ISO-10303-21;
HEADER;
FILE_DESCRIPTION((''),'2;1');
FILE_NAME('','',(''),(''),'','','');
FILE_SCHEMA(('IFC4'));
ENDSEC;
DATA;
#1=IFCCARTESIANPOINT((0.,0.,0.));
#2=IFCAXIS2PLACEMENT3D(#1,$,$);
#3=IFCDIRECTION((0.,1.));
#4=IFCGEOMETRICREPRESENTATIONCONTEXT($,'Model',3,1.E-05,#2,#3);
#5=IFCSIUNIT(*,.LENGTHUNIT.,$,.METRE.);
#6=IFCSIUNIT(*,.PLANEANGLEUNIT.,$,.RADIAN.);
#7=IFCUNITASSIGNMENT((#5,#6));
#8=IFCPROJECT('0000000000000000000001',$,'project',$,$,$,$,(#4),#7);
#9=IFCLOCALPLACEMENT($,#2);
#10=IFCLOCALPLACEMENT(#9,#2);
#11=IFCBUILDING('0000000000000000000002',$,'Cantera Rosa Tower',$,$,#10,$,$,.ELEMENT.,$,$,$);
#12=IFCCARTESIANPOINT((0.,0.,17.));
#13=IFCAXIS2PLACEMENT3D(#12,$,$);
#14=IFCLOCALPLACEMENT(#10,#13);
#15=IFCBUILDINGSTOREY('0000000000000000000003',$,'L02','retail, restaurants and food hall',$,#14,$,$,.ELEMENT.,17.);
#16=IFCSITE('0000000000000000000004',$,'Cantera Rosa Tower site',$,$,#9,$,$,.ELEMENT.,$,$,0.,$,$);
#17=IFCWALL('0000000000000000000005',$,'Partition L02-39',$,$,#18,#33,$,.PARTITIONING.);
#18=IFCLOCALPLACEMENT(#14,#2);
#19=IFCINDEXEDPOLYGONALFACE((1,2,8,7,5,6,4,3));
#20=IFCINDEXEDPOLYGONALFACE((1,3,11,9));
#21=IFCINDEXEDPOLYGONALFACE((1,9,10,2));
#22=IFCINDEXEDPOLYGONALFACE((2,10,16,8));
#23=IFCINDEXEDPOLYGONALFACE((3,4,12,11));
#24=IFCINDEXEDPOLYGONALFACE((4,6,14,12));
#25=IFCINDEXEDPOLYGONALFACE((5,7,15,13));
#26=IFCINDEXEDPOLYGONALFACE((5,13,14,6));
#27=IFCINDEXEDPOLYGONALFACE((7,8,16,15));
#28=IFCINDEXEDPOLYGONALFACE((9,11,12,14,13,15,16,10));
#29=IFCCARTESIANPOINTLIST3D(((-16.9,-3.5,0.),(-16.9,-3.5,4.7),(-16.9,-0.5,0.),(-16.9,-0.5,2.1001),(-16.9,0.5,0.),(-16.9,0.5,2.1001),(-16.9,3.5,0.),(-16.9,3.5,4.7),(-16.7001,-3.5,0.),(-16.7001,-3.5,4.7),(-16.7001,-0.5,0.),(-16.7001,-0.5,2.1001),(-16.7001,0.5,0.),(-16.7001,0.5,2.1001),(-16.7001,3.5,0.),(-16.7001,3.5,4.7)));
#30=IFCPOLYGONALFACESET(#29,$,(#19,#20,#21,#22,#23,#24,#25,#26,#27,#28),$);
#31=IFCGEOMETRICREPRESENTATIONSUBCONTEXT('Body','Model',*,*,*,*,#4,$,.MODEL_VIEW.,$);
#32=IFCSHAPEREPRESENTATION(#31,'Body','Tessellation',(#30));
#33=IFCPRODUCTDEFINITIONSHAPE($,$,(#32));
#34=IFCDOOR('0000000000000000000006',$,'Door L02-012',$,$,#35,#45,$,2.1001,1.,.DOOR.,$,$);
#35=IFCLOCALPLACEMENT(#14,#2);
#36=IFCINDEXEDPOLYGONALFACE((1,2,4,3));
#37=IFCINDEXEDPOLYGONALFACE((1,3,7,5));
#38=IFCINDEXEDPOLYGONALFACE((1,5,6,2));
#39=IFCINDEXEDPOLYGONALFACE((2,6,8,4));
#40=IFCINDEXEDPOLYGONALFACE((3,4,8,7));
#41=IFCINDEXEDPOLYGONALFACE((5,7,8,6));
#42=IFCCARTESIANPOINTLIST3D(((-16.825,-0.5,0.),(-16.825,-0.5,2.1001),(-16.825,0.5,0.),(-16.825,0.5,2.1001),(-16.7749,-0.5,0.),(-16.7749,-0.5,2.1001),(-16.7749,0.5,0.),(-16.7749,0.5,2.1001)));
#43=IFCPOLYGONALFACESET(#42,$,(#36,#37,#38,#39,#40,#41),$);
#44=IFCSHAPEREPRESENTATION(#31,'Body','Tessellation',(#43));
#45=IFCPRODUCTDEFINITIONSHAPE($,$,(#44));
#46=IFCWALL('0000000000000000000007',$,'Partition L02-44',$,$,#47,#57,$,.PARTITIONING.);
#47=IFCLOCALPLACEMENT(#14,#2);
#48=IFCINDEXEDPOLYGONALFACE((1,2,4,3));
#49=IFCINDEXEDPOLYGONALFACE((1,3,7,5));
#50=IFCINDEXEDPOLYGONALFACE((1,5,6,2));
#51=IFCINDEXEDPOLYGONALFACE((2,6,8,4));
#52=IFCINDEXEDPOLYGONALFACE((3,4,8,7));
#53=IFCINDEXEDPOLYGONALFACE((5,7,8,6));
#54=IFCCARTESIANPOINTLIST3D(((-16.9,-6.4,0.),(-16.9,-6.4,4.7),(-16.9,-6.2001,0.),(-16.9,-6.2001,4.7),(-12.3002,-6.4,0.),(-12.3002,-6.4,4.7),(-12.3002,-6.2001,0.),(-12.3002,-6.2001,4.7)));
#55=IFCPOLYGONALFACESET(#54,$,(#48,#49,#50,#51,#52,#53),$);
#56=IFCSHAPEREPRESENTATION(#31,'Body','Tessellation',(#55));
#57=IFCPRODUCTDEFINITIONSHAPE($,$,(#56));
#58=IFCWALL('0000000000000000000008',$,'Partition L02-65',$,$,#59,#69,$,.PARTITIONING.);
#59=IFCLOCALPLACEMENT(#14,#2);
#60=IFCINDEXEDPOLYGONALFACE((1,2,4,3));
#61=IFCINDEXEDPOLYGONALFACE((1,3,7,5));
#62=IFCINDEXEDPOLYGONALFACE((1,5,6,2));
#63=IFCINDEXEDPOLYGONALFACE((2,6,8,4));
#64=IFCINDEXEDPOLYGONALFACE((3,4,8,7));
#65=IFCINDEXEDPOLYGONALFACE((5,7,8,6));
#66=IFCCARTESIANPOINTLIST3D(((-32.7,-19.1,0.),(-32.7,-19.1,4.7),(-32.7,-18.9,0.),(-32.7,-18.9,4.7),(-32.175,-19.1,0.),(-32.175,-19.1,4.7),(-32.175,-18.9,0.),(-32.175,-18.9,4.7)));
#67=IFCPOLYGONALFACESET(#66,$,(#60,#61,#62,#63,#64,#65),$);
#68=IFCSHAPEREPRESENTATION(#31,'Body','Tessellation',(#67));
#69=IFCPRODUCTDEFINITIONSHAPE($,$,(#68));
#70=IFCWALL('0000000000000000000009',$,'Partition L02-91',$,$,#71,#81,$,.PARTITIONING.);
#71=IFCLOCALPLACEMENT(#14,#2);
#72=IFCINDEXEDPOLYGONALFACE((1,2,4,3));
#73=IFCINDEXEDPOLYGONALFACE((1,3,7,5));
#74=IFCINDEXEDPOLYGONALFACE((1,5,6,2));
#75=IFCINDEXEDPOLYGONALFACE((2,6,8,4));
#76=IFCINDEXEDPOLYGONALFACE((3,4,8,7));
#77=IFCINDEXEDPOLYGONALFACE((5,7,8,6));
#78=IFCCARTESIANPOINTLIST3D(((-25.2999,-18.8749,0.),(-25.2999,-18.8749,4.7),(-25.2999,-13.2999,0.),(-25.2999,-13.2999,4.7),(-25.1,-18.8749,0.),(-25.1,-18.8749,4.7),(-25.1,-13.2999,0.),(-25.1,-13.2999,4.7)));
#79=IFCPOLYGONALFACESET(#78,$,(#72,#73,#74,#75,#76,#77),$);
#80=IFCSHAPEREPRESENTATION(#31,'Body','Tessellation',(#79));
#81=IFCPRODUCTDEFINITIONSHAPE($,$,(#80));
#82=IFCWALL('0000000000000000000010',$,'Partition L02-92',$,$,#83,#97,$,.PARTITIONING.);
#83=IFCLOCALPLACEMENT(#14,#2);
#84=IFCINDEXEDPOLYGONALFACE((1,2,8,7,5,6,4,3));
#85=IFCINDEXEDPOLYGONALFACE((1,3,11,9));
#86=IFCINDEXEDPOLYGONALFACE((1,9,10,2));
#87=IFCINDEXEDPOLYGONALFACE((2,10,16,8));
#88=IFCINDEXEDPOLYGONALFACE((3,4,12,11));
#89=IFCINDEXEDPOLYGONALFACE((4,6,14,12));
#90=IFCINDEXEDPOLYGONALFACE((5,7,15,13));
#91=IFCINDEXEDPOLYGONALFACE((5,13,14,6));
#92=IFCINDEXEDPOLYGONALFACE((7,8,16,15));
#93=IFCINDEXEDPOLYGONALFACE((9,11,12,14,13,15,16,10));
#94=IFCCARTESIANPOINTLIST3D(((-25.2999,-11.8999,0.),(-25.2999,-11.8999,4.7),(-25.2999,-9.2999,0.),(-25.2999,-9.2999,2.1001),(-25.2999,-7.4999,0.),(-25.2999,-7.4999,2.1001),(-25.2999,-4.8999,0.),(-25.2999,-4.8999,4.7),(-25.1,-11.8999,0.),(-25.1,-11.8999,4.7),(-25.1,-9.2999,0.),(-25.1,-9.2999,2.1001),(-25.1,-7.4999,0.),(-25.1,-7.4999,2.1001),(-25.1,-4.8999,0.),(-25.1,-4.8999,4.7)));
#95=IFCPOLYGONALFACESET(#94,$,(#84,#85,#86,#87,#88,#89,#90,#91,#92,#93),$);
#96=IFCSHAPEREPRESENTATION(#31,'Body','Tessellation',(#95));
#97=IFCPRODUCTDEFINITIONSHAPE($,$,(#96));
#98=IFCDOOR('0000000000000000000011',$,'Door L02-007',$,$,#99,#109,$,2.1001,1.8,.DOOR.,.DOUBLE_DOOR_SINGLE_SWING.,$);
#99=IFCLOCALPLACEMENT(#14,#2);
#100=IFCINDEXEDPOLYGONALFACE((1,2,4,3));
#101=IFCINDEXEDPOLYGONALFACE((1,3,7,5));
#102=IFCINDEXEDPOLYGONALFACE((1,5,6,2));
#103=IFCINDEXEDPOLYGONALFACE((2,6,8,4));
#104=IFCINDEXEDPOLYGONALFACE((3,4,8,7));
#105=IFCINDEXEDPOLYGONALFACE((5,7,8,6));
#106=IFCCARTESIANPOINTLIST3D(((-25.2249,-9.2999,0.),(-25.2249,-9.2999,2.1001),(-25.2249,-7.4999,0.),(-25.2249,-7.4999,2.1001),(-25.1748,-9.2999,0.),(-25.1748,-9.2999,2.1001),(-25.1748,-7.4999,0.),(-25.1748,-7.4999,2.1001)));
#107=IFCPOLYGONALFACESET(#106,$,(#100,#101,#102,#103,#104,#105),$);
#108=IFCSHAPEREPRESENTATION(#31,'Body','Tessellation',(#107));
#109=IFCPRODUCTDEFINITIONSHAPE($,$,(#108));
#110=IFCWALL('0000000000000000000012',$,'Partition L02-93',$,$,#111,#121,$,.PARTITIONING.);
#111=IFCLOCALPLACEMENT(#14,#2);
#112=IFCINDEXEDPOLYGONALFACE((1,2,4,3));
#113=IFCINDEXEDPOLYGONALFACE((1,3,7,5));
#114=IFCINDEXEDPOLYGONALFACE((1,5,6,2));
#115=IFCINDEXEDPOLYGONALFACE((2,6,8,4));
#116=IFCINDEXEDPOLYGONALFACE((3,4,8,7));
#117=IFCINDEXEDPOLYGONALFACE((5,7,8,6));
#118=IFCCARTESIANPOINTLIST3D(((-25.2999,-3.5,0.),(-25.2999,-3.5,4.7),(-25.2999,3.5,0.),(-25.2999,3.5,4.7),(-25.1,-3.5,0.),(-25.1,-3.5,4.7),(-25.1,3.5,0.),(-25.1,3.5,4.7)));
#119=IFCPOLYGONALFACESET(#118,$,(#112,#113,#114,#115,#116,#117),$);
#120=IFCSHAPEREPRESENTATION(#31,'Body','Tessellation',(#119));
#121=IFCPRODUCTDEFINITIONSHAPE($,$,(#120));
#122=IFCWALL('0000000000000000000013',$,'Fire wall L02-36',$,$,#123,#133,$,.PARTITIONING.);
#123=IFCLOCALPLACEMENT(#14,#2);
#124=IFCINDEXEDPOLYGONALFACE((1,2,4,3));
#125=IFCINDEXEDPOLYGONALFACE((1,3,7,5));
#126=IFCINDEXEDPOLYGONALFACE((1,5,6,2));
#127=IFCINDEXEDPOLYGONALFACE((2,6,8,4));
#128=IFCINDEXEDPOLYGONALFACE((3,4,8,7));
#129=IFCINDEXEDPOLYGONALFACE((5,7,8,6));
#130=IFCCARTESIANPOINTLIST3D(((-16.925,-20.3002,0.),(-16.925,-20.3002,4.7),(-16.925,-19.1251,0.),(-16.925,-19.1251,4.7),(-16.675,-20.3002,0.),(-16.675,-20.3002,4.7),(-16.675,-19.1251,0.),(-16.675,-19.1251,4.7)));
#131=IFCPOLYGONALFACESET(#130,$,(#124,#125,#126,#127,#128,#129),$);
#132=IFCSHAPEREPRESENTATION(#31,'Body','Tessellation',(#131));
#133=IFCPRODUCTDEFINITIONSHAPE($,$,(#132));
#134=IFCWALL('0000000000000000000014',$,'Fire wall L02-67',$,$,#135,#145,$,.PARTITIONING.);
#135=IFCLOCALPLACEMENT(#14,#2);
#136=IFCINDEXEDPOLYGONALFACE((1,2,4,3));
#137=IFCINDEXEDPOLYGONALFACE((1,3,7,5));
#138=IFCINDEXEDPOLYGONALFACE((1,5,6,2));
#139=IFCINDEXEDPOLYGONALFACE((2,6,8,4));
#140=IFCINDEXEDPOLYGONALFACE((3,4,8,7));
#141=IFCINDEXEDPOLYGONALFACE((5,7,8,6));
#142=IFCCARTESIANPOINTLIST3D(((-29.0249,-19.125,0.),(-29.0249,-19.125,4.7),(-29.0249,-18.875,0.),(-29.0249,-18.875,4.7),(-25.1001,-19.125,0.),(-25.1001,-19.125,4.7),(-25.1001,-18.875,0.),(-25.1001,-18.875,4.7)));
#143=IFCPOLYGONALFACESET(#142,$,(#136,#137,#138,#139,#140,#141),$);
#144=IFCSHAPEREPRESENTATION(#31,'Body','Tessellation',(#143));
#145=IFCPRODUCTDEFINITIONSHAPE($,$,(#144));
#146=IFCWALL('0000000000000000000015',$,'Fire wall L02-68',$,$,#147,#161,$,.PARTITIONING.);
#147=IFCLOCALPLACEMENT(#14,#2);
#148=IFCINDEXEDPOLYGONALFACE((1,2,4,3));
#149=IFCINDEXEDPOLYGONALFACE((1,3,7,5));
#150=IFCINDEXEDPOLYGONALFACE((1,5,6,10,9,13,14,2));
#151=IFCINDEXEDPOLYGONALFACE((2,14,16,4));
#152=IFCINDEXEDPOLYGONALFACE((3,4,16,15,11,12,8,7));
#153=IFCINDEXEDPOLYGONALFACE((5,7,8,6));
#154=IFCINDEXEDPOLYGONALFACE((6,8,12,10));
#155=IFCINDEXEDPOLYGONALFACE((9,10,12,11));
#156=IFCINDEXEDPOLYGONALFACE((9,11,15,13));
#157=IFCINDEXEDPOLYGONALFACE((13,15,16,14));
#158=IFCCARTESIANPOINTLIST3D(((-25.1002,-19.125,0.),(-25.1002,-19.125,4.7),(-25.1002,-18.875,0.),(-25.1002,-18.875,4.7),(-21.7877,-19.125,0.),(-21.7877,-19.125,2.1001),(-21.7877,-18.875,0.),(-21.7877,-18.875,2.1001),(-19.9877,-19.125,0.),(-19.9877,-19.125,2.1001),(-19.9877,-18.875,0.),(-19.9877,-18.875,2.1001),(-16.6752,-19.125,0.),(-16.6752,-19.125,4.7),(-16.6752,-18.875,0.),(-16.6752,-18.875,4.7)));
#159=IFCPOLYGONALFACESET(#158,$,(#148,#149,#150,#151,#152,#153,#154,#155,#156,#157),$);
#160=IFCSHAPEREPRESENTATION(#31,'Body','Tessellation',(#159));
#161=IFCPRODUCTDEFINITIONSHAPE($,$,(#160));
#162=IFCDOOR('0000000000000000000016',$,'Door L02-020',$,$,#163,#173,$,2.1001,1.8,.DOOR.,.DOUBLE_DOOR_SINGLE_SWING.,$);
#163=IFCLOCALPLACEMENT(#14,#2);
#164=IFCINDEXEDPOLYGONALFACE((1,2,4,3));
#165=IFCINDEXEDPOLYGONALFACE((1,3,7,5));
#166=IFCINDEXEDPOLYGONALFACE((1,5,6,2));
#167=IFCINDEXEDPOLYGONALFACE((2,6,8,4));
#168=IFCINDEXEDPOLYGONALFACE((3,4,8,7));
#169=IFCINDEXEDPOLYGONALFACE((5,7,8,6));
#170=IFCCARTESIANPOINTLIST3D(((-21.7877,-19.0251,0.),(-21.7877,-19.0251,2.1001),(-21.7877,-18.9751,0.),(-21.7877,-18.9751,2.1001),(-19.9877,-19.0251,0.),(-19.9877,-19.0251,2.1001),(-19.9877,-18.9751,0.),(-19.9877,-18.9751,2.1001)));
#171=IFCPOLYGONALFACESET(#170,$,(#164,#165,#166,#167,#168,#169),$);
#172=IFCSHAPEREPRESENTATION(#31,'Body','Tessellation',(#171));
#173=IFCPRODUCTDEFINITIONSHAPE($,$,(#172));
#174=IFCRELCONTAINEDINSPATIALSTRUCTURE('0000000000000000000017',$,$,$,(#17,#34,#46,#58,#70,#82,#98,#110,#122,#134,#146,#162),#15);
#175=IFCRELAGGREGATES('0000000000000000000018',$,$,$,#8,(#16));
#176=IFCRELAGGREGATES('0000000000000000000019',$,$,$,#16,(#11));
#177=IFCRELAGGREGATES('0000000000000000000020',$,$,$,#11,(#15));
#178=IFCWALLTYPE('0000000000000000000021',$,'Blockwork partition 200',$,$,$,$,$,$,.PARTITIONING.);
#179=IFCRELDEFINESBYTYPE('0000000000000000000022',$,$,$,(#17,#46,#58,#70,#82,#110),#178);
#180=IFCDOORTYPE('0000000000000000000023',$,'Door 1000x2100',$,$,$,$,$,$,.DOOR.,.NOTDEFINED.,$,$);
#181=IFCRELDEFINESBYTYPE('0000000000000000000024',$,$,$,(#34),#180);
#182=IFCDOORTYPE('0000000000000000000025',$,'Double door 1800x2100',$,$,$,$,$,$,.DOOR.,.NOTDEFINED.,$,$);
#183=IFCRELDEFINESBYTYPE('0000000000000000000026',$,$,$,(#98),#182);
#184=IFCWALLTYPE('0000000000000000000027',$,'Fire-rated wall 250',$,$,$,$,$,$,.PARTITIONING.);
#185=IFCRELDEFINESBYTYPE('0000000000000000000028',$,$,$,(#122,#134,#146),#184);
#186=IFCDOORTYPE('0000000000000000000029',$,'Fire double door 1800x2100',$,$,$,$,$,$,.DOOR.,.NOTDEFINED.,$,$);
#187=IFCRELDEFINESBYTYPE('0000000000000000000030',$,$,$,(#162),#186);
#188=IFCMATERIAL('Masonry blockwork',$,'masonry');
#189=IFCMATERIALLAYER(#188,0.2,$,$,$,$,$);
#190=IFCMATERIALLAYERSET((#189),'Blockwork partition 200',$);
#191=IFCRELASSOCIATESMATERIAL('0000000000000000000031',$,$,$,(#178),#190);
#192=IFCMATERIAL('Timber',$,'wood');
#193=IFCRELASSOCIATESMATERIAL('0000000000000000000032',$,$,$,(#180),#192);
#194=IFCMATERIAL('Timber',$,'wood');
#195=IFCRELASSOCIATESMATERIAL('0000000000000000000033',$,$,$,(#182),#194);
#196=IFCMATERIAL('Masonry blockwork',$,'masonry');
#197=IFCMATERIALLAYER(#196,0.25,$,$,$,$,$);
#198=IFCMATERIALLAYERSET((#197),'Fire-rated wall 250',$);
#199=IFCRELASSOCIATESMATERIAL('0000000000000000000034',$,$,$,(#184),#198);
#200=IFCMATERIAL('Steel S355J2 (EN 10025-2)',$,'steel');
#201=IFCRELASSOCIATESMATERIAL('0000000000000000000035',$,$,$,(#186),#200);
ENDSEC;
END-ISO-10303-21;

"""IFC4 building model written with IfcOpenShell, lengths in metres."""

from ifc_helpers import new_model, si_unit, direction, frame, frame_2d, origin, place, context, subcontext, project, spatial, rectangle, extrude, material, layer, layer_set, type_object, element, fill, save


model = new_model("IFC4")

# Units and contexts
model_context = context("Model", 3, precision=1e-05, world=origin(), true_north=direction((0.0, 1.0)))
body_context = subcontext(model_context, "Body", "Model", "MODEL_VIEW")
ifc_project = project(units=[si_unit("LENGTHUNIT", "METRE"), si_unit("PLANEANGLEUNIT", "RADIAN")], contexts=[model_context])

# Site, building, storey
site_placement = place(None, origin())
site = spatial("IfcSite", under=ifc_project, at=site_placement, Name="Cantera Rosa Tower site", CompositionType="ELEMENT", RefElevation=0.0)
building_placement = place(site_placement, origin())
building = spatial("IfcBuilding", under=site, at=building_placement, Name="Cantera Rosa Tower", CompositionType="ELEMENT")
storey_placement = place(building_placement, frame((0.0, 0.0, 17.0)))
storey = spatial("IfcBuildingStorey", under=building, at=storey_placement, Name="L02", Description="retail, restaurants and food hall", CompositionType="ELEMENT", Elevation=17.0)

# Shared definitions
ifc_material_1 = material(Name="Masonry blockwork", Category="masonry")
ifc_layer_1 = layer(ifc_material_1, 0.2)
ifc_layer_set_1 = layer_set([ifc_layer_1], Name="Blockwork partition 200")
wall_type_1 = type_object("IfcWallType", Name="Blockwork partition 200", PredefinedType="PARTITIONING", material=ifc_layer_set_1)

# Shared definitions
ifc_material_2 = material(Name="Timber", Category="wood")
door_type_1 = type_object("IfcDoorType", Name="Door 1000x2100", OperationType="NOTDEFINED", PredefinedType="DOOR", material=ifc_material_2)

# Wall, opening, door
wall_1_placement = place(storey_placement, frame((-16.8, -3.5, 0.0), z_axis=(0.0, 0.0, 1.0), x_axis=(0.0, 1.0, 0.0)))
wall_1 = element("IfcWall", 1, at=wall_1_placement, inside=storey, type_object=wall_type_1, Name="Partition L02-39", PredefinedType="PARTITIONING", context=body_context, shape_type="SweptSolid", body=[
    extrude(rectangle(XDim=7.0, YDim=0.2, at=frame_2d((3.5, 0.0))), origin(), (0.0, 0.0, 1.0), 4.7),
])
opening_1_placement = place(wall_1_placement, frame((3.0, 0.0, 0.0)))
opening_1 = element("IfcOpeningElement", 2, at=opening_1_placement, cuts=wall_1, PredefinedType="OPENING", context=body_context, shape_type="SweptSolid", body=[
    extrude(rectangle(XDim=1.0, YDim=2.1001, at=frame_2d((0.5, 1.05))), frame((0.0, 0.1099, 0.0), z_axis=(0.0, -1.0, 0.0), x_axis=(1.0, 0.0, 0.0)), (0.0, 0.0, 1.0), 0.22),
])
door_1_placement = place(opening_1_placement, origin())
door_1 = element("IfcDoor", 3, at=door_1_placement, inside=storey, type_object=door_type_1, Name="Door L02-012", OverallHeight=2.1001, OverallWidth=1.0, PredefinedType="DOOR", context=body_context, shape_type="SweptSolid", body=[
    extrude(rectangle(XDim=1.0, YDim=2.1001, at=frame_2d((0.5, 1.05))), frame((0.0, 0.0249, 0.0), z_axis=(0.0, -1.0, 0.0), x_axis=(1.0, 0.0, 0.0)), (0.0, 0.0, 1.0), 0.05),
])
fill(opening_1, door_1)

# Walls
wall_2_placement = place(storey_placement, frame((-16.8999, -6.3, 0.0), z_axis=(0.0, 0.0, 1.0), x_axis=(1.0, 0.0, 0.0)))
element("IfcWall", 4, at=wall_2_placement, inside=storey, type_object=wall_type_1, Name="Partition L02-44", PredefinedType="PARTITIONING", context=body_context, shape_type="SweptSolid", body=[
    extrude(rectangle(XDim=4.5999, YDim=0.2, at=frame_2d((2.2998, 0.0))), origin(), (0.0, 0.0, 1.0), 4.7),
])
wall_3_placement = place(storey_placement, frame((-32.7, -19.0, 0.0), z_axis=(0.0, 0.0, 1.0), x_axis=(1.0, 0.0, 0.0)))
element("IfcWall", 5, at=wall_3_placement, inside=storey, type_object=wall_type_1, Name="Partition L02-65", PredefinedType="PARTITIONING", context=body_context, shape_type="SweptSolid", body=[
    extrude(rectangle(XDim=0.5249, YDim=0.2, at=frame_2d((0.2625, 0.0))), origin(), (0.0, 0.0, 1.0), 4.7),
])
wall_4_placement = place(storey_placement, frame((-25.2, -18.875, 0.0), z_axis=(0.0, 0.0, 1.0), x_axis=(0.0, 1.0, 0.0)))
element("IfcWall", 6, at=wall_4_placement, inside=storey, type_object=wall_type_1, Name="Partition L02-91", PredefinedType="PARTITIONING", context=body_context, shape_type="SweptSolid", body=[
    extrude(rectangle(XDim=5.575, YDim=0.2, at=frame_2d((2.7876, 0.0))), origin(), (0.0, 0.0, 1.0), 4.7),
])

# Wall, opening, door
wall_5_placement = place(storey_placement, frame((-25.2, -11.8999, 0.0), z_axis=(0.0, 0.0, 1.0), x_axis=(0.0, 1.0, 0.0)))
wall_5 = element("IfcWall", 7, at=wall_5_placement, inside=storey, type_object=wall_type_1, Name="Partition L02-92", PredefinedType="PARTITIONING", context=body_context, shape_type="SweptSolid", body=[
    extrude(rectangle(XDim=7.0, YDim=0.2, at=frame_2d((3.5, 0.0))), origin(), (0.0, 0.0, 1.0), 4.7),
])
opening_2_placement = place(wall_5_placement, frame((2.6001, 0.0, 0.0)))
opening_2 = element("IfcOpeningElement", 8, at=opening_2_placement, cuts=wall_5, PredefinedType="OPENING", context=body_context, shape_type="SweptSolid", body=[
    extrude(rectangle(XDim=1.8, YDim=2.1001, at=frame_2d((0.8999, 1.05))), frame((0.0, 0.1099, 0.0), z_axis=(0.0, -1.0, 0.0), x_axis=(1.0, 0.0, 0.0)), (0.0, 0.0, 1.0), 0.22),
])
ifc_material_3 = material(Name="Timber", Category="wood")
door_type_2 = type_object("IfcDoorType", Name="Double door 1800x2100", OperationType="NOTDEFINED", PredefinedType="DOOR", material=ifc_material_3)
door_2_placement = place(opening_2_placement, origin())
door_2 = element("IfcDoor", 9, at=door_2_placement, inside=storey, type_object=door_type_2, Name="Door L02-007", OperationType="DOUBLE_DOOR_SINGLE_SWING", OverallHeight=2.1001, OverallWidth=1.8, PredefinedType="DOOR", context=body_context, shape_type="SweptSolid", body=[
    extrude(rectangle(XDim=1.8, YDim=2.1001, at=frame_2d((0.8999, 1.05))), frame((0.0, 0.0249, 0.0), z_axis=(0.0, -1.0, 0.0), x_axis=(1.0, 0.0, 0.0)), (0.0, 0.0, 1.0), 0.05),
])
fill(opening_2, door_2)

# Walls
wall_6_placement = place(storey_placement, frame((-25.2, -3.5, 0.0), z_axis=(0.0, 0.0, 1.0), x_axis=(0.0, 1.0, 0.0)))
element("IfcWall", 10, at=wall_6_placement, inside=storey, type_object=wall_type_1, Name="Partition L02-93", PredefinedType="PARTITIONING", context=body_context, shape_type="SweptSolid", body=[
    extrude(rectangle(XDim=7.0, YDim=0.2, at=frame_2d((3.5, 0.0))), origin(), (0.0, 0.0, 1.0), 4.7),
])
ifc_material_4 = material(Name="Masonry blockwork", Category="masonry")
ifc_layer_2 = layer(ifc_material_4, 0.25)
ifc_layer_set_2 = layer_set([ifc_layer_2], Name="Fire-rated wall 250")
wall_type_2 = type_object("IfcWallType", Name="Fire-rated wall 250", PredefinedType="PARTITIONING", material=ifc_layer_set_2)
wall_7_placement = place(storey_placement, frame((-16.8, -20.3, 0.0), z_axis=(0.0, 0.0, 1.0), x_axis=(0.0, 1.0, 0.0)))
element("IfcWall", 11, at=wall_7_placement, inside=storey, type_object=wall_type_2, Name="Fire wall L02-36", PredefinedType="PARTITIONING", context=body_context, shape_type="SweptSolid", body=[
    extrude(rectangle(XDim=1.175, YDim=0.25, at=frame_2d((0.5874, 0.0))), origin(), (0.0, 0.0, 1.0), 4.7),
])
wall_8_placement = place(storey_placement, frame((-29.0249, -19.0, 0.0), z_axis=(0.0, 0.0, 1.0), x_axis=(1.0, 0.0, 0.0)))
element("IfcWall", 12, at=wall_8_placement, inside=storey, type_object=wall_type_2, Name="Fire wall L02-67", PredefinedType="PARTITIONING", context=body_context, shape_type="SweptSolid", body=[
    extrude(rectangle(XDim=3.9248, YDim=0.25, at=frame_2d((1.9624, 0.0))), origin(), (0.0, 0.0, 1.0), 4.7),
])

# Wall, opening, door
wall_9_placement = place(storey_placement, frame((-25.1001, -19.0, 0.0), z_axis=(0.0, 0.0, 1.0), x_axis=(1.0, 0.0, 0.0)))
wall_9 = element("IfcWall", 13, at=wall_9_placement, inside=storey, type_object=wall_type_2, Name="Fire wall L02-68", PredefinedType="PARTITIONING", context=body_context, shape_type="SweptSolid", body=[
    extrude(rectangle(XDim=8.425, YDim=0.25, at=frame_2d((4.2124, 0.0))), origin(), (0.0, 0.0, 1.0), 4.7),
])
opening_3_placement = place(wall_9_placement, frame((3.3125, 0.0, 0.0)))
opening_3 = element("IfcOpeningElement", 14, at=opening_3_placement, cuts=wall_9, PredefinedType="OPENING", context=body_context, shape_type="SweptSolid", body=[
    extrude(rectangle(XDim=1.8, YDim=2.1001, at=frame_2d((0.8999, 1.05))), frame((0.0, 0.135, 0.0), z_axis=(0.0, -1.0, 0.0), x_axis=(1.0, 0.0, 0.0)), (0.0, 0.0, 1.0), 0.27),
])
ifc_material_5 = material(Name="Steel S355J2 (EN 10025-2)", Category="steel")
door_type_3 = type_object("IfcDoorType", Name="Fire double door 1800x2100", OperationType="NOTDEFINED", PredefinedType="DOOR", material=ifc_material_5)
door_3_placement = place(opening_3_placement, origin())
door_3 = element("IfcDoor", 15, at=door_3_placement, inside=storey, type_object=door_type_3, Name="Door L02-020", OperationType="DOUBLE_DOOR_SINGLE_SWING", OverallHeight=2.1001, OverallWidth=1.8, PredefinedType="DOOR", context=body_context, shape_type="SweptSolid", body=[
    extrude(rectangle(XDim=1.8, YDim=2.1001, at=frame_2d((0.8999, 1.05))), frame((0.0, 0.0249, 0.0), z_axis=(0.0, -1.0, 0.0), x_axis=(1.0, 0.0, 0.0)), (0.0, 0.0, 1.0), 0.05),
])
fill(opening_3, door_3)

save(model, "model.ifc")
